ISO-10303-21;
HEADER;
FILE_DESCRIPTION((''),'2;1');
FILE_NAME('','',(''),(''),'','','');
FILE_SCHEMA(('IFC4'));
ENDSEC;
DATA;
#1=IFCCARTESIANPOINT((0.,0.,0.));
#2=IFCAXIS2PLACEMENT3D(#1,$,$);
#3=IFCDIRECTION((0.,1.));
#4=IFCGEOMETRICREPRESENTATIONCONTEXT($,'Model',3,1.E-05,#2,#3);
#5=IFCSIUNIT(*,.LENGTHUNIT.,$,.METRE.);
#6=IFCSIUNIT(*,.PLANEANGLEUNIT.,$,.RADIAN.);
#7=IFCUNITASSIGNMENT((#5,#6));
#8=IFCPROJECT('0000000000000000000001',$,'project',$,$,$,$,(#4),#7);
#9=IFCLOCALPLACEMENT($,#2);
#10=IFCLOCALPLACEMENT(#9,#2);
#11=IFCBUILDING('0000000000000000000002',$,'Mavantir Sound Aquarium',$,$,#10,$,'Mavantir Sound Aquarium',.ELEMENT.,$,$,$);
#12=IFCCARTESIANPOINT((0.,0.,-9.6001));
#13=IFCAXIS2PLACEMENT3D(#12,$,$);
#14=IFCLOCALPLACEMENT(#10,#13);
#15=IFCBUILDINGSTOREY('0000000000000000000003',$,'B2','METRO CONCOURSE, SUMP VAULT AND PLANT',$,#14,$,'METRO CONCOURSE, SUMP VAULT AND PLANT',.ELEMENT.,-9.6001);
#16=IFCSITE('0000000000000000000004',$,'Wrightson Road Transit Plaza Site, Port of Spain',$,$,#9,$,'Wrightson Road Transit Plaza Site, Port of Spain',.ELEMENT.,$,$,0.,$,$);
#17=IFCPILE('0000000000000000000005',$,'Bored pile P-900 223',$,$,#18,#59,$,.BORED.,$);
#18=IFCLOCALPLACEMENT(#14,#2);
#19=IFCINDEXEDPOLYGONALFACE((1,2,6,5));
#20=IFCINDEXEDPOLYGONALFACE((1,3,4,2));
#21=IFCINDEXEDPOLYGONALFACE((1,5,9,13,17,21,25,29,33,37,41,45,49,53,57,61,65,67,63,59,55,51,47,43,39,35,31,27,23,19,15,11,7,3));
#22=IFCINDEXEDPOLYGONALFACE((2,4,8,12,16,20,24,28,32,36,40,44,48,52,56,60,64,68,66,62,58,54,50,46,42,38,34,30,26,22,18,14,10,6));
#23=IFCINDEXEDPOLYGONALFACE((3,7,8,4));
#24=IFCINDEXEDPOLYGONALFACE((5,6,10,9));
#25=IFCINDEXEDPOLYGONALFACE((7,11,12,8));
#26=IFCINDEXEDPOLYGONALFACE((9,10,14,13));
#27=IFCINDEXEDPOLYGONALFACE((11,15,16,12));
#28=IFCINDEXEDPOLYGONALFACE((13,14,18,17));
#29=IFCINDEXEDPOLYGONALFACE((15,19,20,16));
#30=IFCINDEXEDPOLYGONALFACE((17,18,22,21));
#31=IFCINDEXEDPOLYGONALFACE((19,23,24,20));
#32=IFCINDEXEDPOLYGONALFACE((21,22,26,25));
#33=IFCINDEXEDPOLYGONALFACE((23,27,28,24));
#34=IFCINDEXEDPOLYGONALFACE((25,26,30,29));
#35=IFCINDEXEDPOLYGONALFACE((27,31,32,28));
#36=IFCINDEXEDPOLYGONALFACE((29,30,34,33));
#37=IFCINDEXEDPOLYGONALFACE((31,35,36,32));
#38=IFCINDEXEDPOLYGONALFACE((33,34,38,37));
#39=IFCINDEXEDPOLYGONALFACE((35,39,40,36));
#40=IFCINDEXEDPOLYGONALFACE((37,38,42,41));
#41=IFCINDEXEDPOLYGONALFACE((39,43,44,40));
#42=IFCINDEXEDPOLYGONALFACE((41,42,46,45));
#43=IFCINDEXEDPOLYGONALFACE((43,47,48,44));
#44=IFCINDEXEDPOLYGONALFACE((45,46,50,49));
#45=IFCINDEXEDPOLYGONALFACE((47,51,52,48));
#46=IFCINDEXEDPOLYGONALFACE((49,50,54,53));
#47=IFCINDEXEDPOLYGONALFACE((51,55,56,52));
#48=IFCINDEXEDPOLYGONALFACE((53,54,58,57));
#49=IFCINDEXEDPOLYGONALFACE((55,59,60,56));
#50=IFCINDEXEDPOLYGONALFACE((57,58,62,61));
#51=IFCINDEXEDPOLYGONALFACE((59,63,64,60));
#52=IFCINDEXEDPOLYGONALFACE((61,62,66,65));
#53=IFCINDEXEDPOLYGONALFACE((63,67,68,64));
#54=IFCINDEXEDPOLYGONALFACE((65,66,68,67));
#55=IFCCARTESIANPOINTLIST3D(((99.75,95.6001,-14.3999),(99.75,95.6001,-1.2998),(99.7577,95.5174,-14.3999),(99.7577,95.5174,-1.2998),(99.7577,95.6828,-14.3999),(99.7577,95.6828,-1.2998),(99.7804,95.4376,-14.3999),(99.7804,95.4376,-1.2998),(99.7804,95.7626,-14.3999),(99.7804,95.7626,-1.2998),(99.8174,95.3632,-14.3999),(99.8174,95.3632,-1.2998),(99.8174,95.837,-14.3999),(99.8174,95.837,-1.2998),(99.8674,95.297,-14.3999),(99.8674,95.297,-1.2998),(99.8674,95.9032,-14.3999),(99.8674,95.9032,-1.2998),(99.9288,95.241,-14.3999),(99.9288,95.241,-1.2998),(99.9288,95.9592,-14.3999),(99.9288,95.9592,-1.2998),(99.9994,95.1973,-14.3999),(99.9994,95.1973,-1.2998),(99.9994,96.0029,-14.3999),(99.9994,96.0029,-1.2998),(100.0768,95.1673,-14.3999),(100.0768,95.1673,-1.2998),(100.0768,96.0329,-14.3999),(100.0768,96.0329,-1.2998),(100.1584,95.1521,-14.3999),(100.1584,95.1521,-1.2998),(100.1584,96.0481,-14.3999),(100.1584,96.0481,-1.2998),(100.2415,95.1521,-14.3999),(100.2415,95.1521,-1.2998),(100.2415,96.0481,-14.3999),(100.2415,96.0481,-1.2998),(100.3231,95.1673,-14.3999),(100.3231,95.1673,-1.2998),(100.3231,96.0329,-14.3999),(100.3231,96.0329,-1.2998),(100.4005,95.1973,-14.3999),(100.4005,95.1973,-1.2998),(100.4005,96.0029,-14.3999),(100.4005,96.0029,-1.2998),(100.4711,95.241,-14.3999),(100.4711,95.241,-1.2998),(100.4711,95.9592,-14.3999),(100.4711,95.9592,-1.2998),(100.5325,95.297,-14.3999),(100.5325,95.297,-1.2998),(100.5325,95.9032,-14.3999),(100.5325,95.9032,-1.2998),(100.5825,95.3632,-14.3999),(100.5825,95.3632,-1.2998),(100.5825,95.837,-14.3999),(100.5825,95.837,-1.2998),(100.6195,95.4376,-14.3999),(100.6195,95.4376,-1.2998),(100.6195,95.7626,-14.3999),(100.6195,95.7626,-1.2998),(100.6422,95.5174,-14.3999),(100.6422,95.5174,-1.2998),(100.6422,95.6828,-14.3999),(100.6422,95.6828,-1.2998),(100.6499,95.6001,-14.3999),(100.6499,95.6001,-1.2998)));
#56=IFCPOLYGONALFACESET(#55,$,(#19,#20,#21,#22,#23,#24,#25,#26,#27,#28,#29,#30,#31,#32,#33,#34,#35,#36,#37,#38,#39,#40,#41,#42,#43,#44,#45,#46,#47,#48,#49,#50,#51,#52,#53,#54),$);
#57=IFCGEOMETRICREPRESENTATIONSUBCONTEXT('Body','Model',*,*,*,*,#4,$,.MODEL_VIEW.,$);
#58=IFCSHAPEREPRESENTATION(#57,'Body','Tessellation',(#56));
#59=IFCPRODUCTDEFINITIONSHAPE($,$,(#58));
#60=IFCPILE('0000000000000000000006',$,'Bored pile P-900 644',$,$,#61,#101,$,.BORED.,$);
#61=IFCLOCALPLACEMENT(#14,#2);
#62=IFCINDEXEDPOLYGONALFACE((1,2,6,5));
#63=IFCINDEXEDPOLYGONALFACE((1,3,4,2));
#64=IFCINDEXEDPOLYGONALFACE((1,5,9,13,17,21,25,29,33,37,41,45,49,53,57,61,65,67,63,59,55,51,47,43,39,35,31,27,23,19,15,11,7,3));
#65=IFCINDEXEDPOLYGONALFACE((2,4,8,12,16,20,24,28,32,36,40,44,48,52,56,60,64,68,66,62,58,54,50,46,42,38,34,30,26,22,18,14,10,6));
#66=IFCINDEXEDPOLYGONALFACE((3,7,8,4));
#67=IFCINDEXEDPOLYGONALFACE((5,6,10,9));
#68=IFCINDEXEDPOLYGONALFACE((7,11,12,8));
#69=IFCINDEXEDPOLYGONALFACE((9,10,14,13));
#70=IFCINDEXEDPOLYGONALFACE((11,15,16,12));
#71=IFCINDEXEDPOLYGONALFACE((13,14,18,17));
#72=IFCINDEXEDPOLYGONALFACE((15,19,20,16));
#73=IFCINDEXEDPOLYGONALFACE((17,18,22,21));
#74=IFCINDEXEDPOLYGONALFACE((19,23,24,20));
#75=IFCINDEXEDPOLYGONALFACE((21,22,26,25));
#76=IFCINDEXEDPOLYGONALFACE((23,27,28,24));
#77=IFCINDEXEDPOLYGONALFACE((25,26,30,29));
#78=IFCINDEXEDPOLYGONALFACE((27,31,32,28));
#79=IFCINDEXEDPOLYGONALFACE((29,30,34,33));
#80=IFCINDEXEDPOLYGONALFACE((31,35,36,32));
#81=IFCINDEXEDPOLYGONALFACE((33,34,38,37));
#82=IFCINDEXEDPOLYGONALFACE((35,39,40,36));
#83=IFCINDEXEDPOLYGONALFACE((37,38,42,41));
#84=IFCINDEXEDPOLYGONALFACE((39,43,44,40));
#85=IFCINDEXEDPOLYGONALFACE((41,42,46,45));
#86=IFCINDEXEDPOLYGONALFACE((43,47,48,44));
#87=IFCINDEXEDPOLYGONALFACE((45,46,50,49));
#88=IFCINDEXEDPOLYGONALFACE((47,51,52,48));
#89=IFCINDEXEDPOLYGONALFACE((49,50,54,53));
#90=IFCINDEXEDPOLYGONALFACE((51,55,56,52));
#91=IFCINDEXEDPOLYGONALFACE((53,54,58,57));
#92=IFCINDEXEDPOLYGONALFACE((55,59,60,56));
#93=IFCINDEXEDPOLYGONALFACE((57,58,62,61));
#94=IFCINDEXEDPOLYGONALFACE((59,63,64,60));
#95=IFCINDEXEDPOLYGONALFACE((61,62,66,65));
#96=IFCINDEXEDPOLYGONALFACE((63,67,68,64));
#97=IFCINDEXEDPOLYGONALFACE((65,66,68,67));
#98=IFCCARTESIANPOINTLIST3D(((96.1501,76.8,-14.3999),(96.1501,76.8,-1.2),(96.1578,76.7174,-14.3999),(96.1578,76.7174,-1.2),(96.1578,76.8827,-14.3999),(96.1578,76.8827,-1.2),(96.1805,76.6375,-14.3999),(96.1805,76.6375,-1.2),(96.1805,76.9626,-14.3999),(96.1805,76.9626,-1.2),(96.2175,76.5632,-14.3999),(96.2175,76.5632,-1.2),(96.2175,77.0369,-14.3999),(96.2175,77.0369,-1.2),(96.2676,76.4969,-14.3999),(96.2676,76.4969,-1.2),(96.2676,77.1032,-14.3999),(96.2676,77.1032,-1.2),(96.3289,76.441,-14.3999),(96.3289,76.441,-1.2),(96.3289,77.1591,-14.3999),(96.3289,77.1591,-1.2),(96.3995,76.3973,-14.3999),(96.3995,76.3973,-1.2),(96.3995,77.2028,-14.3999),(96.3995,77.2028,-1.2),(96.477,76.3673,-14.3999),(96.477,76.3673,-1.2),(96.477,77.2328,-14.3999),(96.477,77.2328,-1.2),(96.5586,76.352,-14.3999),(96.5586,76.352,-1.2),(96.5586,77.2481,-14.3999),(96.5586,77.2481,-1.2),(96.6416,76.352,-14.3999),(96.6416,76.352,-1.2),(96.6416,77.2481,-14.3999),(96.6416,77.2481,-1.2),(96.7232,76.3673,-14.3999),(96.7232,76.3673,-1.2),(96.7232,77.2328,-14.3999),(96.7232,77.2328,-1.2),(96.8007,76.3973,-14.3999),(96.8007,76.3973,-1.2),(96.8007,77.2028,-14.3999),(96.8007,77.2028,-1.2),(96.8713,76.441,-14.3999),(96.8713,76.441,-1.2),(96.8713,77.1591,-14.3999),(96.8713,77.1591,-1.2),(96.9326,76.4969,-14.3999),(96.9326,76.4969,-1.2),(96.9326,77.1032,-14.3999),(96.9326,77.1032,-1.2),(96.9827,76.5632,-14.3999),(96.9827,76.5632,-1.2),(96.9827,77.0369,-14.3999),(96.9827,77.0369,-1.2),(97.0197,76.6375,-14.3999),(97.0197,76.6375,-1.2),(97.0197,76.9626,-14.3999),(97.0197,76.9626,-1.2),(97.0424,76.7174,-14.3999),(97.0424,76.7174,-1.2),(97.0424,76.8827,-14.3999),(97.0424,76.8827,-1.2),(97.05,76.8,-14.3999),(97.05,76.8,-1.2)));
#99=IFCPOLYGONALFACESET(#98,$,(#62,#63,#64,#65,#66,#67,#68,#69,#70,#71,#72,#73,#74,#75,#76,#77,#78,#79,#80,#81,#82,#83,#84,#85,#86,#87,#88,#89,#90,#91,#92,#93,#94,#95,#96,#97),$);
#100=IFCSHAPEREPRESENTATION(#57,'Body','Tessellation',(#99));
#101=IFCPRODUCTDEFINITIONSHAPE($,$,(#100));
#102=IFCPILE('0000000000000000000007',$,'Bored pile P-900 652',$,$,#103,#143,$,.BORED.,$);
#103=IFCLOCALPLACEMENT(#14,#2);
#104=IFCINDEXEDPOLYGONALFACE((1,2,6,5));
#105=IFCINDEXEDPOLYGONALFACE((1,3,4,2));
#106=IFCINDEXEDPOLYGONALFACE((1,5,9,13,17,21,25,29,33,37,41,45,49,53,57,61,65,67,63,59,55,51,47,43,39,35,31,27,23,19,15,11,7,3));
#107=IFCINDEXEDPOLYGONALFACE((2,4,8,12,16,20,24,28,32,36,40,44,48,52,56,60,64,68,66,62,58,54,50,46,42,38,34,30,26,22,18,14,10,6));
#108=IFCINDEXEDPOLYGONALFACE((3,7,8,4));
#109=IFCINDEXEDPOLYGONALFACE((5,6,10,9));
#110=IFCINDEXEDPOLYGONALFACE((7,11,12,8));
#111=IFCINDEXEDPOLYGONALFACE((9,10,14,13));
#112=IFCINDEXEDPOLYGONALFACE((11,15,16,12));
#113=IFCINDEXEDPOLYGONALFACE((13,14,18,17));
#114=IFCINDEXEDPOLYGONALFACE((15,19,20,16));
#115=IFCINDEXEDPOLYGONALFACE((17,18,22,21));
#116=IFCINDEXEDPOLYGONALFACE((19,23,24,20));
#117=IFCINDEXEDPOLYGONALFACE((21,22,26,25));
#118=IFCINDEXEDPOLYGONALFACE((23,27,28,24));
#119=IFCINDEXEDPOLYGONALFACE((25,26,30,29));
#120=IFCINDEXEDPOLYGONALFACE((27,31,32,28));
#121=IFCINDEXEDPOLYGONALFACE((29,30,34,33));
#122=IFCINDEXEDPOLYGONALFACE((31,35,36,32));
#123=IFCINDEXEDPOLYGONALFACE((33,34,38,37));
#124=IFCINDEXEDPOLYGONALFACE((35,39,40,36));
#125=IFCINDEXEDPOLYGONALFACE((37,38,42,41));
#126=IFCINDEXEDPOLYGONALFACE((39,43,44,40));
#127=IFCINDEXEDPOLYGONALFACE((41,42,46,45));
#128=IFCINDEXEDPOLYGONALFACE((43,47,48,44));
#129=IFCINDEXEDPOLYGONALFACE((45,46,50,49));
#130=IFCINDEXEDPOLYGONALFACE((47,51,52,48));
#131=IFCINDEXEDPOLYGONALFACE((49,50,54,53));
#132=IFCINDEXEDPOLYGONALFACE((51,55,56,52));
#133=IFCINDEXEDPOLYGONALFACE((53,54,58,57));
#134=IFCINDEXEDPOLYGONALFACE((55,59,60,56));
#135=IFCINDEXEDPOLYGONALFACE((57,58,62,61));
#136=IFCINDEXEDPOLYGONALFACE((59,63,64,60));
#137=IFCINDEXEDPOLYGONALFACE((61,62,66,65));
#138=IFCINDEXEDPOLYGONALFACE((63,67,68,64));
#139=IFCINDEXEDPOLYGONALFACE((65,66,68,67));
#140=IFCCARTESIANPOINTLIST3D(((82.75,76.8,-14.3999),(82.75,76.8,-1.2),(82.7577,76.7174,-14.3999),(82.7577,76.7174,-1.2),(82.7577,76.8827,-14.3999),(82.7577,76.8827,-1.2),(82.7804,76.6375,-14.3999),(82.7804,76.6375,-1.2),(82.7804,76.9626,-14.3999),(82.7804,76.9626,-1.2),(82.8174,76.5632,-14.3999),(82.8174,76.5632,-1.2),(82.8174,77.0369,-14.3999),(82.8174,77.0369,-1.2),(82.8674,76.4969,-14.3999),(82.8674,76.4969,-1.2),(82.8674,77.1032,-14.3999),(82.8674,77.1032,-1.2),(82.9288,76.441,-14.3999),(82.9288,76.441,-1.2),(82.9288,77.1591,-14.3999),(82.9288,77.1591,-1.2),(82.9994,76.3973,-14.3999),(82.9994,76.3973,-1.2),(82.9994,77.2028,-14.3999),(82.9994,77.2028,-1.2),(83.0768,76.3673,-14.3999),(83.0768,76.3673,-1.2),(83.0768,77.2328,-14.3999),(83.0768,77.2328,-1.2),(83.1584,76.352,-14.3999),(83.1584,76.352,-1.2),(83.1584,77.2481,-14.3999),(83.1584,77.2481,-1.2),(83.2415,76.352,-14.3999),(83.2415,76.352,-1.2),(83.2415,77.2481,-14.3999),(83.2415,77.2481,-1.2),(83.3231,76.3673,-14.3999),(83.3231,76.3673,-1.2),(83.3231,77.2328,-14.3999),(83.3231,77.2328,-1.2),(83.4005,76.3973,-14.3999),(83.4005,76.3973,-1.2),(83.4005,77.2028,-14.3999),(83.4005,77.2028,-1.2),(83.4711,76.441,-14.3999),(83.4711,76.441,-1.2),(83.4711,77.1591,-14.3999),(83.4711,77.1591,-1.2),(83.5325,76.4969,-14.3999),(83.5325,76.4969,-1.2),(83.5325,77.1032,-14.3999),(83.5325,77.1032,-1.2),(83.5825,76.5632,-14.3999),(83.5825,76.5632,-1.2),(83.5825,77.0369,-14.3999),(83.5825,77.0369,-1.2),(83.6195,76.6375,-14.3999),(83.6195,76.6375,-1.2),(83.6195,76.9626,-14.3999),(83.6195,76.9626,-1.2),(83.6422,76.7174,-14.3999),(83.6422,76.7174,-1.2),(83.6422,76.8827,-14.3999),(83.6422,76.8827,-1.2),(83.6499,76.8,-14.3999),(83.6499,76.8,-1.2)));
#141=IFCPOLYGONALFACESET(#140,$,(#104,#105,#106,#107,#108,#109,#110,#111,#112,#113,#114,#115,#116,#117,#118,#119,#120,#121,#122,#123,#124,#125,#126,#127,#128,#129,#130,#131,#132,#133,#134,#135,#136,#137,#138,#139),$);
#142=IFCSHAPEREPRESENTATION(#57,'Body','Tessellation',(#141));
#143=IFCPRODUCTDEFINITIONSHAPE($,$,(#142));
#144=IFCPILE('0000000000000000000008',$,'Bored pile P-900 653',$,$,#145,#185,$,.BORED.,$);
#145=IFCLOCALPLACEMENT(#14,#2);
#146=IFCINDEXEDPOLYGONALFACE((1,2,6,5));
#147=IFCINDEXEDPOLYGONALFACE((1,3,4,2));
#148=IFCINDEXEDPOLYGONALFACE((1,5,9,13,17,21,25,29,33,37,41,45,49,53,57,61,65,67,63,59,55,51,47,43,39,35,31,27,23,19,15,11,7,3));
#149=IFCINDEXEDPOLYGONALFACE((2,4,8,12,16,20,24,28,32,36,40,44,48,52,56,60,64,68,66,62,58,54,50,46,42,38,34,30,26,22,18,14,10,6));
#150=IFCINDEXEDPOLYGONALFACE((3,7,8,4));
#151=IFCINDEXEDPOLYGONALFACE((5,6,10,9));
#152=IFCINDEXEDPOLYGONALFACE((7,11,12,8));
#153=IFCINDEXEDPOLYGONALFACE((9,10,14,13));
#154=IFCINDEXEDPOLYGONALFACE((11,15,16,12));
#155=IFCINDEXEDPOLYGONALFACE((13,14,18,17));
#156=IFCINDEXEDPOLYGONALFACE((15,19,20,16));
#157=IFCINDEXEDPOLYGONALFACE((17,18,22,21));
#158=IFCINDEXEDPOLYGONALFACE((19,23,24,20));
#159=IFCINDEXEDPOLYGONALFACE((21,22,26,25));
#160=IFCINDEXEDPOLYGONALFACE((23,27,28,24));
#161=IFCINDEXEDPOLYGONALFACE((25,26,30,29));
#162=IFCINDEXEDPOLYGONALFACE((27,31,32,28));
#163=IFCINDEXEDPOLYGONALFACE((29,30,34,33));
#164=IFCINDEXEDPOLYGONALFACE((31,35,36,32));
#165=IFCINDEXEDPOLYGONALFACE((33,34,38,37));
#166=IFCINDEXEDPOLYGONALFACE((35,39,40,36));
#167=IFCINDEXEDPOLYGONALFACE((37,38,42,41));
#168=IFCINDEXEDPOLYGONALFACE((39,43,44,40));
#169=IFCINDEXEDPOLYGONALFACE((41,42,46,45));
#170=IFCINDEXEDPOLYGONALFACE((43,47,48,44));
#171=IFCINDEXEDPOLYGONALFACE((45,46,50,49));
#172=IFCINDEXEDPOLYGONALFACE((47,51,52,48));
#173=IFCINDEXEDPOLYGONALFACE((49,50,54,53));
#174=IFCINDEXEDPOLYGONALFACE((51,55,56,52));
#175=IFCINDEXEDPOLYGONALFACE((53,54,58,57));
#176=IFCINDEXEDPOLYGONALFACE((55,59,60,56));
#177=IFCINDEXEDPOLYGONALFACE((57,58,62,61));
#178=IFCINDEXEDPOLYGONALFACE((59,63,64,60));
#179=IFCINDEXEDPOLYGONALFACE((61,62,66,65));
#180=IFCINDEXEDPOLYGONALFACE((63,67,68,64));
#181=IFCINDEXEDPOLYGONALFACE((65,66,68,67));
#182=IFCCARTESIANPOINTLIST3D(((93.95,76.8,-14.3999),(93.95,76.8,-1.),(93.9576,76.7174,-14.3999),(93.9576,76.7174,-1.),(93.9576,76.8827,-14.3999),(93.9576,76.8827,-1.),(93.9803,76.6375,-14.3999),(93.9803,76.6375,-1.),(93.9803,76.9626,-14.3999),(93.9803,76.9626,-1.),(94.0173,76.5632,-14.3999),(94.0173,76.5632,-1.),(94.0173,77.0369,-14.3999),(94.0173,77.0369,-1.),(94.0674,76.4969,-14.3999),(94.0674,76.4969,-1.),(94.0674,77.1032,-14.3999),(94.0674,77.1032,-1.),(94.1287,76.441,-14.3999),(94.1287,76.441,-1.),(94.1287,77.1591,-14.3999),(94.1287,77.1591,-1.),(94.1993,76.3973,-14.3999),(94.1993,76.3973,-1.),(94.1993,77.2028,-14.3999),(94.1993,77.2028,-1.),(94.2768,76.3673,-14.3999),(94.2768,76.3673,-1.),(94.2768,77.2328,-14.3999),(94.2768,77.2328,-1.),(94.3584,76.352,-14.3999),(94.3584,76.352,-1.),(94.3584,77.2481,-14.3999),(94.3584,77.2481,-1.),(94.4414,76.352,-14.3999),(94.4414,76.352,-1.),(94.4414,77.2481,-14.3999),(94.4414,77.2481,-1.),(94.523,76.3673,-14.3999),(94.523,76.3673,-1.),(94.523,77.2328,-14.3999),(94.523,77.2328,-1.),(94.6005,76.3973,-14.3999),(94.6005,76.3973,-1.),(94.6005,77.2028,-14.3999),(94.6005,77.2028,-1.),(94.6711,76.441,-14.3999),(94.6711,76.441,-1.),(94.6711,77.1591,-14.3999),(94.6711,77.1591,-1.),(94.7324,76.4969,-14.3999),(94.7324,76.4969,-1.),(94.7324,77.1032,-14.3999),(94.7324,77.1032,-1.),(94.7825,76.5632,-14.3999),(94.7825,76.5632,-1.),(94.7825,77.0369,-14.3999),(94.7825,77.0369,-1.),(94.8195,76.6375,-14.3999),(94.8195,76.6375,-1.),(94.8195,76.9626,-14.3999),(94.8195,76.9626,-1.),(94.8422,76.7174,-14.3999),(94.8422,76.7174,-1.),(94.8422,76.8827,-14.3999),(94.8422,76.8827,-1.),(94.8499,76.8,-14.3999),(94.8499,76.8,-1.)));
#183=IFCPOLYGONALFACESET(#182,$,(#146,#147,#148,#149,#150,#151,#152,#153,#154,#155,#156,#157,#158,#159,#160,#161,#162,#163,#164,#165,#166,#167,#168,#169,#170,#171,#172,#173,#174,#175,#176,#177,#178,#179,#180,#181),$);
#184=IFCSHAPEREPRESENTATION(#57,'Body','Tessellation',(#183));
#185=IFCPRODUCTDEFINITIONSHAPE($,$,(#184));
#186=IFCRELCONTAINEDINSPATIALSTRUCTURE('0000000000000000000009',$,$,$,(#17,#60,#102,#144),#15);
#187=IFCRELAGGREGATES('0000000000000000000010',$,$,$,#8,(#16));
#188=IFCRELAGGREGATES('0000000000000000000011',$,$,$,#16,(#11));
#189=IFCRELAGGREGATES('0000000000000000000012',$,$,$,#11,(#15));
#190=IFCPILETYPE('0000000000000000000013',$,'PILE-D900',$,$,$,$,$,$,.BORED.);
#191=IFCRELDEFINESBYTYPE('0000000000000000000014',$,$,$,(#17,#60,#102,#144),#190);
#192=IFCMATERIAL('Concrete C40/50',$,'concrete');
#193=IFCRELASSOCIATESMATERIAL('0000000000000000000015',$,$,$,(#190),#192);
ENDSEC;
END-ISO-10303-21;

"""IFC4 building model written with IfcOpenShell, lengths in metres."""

from ifc_helpers import new_model, si_unit, direction, frame, origin, origin_2d, place, context, subcontext, project, spatial, circle, extrude, material, material_profile, profile_set, type_object, element, save


model = new_model("IFC4")

# Units and contexts
model_context = context("Model", 3, precision=1e-05, world=origin(), true_north=direction((0.0, 1.0)))
body_context = subcontext(model_context, "Body", "Model", "MODEL_VIEW")
ifc_project = project(units=[si_unit("LENGTHUNIT", "METRE"), si_unit("PLANEANGLEUNIT", "RADIAN")], contexts=[model_context])

# Site, building, storey
site_placement = place(None, origin())
site = spatial("IfcSite", under=ifc_project, at=site_placement, Name="Wrightson Road Transit Plaza Site, Port of Spain", LongName="Wrightson Road Transit Plaza Site, Port of Spain", CompositionType="ELEMENT", RefElevation=0.0)
building_placement = place(site_placement, origin())
building = spatial("IfcBuilding", under=site, at=building_placement, Name="Mavantir Sound Aquarium", LongName="Mavantir Sound Aquarium", CompositionType="ELEMENT")
storey_placement = place(building_placement, frame((0.0, 0.0, -9.6001)))
storey = spatial("IfcBuildingStorey", under=building, at=storey_placement, Name="B2", Description="METRO CONCOURSE, SUMP VAULT AND PLANT", LongName="METRO CONCOURSE, SUMP VAULT AND PLANT", CompositionType="ELEMENT", Elevation=-9.6001)

# Shared definitions
ifc_material_1 = material(Name="Concrete C40/50", Category="concrete")

# Piles
ifc_material_profile_1 = material_profile(ifc_material_1, circle(Radius=0.45, at=origin_2d()), Name="PILE D900")
ifc_profile_set_1 = profile_set([ifc_material_profile_1], Name="Concrete C40/50")
pile_type = type_object("IfcPileType", Name="PILE-D900", PredefinedType="BORED", material=ifc_profile_set_1)
for number, where, z_axis, x_axis, name in (
    (1, (100.2, 95.6001, -1.2998), (0.0, 0.0, -1.0), (1.0, 0.0, 0.0), "Bored pile P-900 223"),
):
    element("IfcPile", number, at=place(storey_placement, frame(where, z_axis=z_axis, x_axis=x_axis)), inside=storey, type_object=pile_type, Name=name, PredefinedType="BORED", context=body_context, shape_type="SweptSolid", body=[
        extrude(circle(Radius=0.45, at=origin_2d()), origin(), (0.0, 0.0, 1.0), 13.1001),
    ])
for number, where, z_axis, x_axis, name in (
    (2, (96.6001, 76.8, -1.2), (0.0, 0.0, -1.0), (1.0, 0.0, 0.0), "Bored pile P-900 644"),
    (3, (83.2, 76.8, -1.2), (0.0, 0.0, -1.0), (1.0, 0.0, 0.0), "Bored pile P-900 652"),
):
    element("IfcPile", number, at=place(storey_placement, frame(where, z_axis=z_axis, x_axis=x_axis)), inside=storey, type_object=pile_type, Name=name, PredefinedType="BORED", context=body_context, shape_type="SweptSolid", body=[
        extrude(circle(Radius=0.45, at=origin_2d()), origin(), (0.0, 0.0, 1.0), 13.2),
    ])
pile_placement = place(storey_placement, frame((94.3999, 76.8, -1.0), z_axis=(0.0, 0.0, -1.0), x_axis=(1.0, 0.0, 0.0)))
element("IfcPile", 4, at=pile_placement, inside=storey, type_object=pile_type, Name="Bored pile P-900 653", PredefinedType="BORED", context=body_context, shape_type="SweptSolid", body=[
    extrude(circle(Radius=0.45, at=origin_2d()), origin(), (0.0, 0.0, 1.0), 13.3999),
])

save(model, "model.ifc")
